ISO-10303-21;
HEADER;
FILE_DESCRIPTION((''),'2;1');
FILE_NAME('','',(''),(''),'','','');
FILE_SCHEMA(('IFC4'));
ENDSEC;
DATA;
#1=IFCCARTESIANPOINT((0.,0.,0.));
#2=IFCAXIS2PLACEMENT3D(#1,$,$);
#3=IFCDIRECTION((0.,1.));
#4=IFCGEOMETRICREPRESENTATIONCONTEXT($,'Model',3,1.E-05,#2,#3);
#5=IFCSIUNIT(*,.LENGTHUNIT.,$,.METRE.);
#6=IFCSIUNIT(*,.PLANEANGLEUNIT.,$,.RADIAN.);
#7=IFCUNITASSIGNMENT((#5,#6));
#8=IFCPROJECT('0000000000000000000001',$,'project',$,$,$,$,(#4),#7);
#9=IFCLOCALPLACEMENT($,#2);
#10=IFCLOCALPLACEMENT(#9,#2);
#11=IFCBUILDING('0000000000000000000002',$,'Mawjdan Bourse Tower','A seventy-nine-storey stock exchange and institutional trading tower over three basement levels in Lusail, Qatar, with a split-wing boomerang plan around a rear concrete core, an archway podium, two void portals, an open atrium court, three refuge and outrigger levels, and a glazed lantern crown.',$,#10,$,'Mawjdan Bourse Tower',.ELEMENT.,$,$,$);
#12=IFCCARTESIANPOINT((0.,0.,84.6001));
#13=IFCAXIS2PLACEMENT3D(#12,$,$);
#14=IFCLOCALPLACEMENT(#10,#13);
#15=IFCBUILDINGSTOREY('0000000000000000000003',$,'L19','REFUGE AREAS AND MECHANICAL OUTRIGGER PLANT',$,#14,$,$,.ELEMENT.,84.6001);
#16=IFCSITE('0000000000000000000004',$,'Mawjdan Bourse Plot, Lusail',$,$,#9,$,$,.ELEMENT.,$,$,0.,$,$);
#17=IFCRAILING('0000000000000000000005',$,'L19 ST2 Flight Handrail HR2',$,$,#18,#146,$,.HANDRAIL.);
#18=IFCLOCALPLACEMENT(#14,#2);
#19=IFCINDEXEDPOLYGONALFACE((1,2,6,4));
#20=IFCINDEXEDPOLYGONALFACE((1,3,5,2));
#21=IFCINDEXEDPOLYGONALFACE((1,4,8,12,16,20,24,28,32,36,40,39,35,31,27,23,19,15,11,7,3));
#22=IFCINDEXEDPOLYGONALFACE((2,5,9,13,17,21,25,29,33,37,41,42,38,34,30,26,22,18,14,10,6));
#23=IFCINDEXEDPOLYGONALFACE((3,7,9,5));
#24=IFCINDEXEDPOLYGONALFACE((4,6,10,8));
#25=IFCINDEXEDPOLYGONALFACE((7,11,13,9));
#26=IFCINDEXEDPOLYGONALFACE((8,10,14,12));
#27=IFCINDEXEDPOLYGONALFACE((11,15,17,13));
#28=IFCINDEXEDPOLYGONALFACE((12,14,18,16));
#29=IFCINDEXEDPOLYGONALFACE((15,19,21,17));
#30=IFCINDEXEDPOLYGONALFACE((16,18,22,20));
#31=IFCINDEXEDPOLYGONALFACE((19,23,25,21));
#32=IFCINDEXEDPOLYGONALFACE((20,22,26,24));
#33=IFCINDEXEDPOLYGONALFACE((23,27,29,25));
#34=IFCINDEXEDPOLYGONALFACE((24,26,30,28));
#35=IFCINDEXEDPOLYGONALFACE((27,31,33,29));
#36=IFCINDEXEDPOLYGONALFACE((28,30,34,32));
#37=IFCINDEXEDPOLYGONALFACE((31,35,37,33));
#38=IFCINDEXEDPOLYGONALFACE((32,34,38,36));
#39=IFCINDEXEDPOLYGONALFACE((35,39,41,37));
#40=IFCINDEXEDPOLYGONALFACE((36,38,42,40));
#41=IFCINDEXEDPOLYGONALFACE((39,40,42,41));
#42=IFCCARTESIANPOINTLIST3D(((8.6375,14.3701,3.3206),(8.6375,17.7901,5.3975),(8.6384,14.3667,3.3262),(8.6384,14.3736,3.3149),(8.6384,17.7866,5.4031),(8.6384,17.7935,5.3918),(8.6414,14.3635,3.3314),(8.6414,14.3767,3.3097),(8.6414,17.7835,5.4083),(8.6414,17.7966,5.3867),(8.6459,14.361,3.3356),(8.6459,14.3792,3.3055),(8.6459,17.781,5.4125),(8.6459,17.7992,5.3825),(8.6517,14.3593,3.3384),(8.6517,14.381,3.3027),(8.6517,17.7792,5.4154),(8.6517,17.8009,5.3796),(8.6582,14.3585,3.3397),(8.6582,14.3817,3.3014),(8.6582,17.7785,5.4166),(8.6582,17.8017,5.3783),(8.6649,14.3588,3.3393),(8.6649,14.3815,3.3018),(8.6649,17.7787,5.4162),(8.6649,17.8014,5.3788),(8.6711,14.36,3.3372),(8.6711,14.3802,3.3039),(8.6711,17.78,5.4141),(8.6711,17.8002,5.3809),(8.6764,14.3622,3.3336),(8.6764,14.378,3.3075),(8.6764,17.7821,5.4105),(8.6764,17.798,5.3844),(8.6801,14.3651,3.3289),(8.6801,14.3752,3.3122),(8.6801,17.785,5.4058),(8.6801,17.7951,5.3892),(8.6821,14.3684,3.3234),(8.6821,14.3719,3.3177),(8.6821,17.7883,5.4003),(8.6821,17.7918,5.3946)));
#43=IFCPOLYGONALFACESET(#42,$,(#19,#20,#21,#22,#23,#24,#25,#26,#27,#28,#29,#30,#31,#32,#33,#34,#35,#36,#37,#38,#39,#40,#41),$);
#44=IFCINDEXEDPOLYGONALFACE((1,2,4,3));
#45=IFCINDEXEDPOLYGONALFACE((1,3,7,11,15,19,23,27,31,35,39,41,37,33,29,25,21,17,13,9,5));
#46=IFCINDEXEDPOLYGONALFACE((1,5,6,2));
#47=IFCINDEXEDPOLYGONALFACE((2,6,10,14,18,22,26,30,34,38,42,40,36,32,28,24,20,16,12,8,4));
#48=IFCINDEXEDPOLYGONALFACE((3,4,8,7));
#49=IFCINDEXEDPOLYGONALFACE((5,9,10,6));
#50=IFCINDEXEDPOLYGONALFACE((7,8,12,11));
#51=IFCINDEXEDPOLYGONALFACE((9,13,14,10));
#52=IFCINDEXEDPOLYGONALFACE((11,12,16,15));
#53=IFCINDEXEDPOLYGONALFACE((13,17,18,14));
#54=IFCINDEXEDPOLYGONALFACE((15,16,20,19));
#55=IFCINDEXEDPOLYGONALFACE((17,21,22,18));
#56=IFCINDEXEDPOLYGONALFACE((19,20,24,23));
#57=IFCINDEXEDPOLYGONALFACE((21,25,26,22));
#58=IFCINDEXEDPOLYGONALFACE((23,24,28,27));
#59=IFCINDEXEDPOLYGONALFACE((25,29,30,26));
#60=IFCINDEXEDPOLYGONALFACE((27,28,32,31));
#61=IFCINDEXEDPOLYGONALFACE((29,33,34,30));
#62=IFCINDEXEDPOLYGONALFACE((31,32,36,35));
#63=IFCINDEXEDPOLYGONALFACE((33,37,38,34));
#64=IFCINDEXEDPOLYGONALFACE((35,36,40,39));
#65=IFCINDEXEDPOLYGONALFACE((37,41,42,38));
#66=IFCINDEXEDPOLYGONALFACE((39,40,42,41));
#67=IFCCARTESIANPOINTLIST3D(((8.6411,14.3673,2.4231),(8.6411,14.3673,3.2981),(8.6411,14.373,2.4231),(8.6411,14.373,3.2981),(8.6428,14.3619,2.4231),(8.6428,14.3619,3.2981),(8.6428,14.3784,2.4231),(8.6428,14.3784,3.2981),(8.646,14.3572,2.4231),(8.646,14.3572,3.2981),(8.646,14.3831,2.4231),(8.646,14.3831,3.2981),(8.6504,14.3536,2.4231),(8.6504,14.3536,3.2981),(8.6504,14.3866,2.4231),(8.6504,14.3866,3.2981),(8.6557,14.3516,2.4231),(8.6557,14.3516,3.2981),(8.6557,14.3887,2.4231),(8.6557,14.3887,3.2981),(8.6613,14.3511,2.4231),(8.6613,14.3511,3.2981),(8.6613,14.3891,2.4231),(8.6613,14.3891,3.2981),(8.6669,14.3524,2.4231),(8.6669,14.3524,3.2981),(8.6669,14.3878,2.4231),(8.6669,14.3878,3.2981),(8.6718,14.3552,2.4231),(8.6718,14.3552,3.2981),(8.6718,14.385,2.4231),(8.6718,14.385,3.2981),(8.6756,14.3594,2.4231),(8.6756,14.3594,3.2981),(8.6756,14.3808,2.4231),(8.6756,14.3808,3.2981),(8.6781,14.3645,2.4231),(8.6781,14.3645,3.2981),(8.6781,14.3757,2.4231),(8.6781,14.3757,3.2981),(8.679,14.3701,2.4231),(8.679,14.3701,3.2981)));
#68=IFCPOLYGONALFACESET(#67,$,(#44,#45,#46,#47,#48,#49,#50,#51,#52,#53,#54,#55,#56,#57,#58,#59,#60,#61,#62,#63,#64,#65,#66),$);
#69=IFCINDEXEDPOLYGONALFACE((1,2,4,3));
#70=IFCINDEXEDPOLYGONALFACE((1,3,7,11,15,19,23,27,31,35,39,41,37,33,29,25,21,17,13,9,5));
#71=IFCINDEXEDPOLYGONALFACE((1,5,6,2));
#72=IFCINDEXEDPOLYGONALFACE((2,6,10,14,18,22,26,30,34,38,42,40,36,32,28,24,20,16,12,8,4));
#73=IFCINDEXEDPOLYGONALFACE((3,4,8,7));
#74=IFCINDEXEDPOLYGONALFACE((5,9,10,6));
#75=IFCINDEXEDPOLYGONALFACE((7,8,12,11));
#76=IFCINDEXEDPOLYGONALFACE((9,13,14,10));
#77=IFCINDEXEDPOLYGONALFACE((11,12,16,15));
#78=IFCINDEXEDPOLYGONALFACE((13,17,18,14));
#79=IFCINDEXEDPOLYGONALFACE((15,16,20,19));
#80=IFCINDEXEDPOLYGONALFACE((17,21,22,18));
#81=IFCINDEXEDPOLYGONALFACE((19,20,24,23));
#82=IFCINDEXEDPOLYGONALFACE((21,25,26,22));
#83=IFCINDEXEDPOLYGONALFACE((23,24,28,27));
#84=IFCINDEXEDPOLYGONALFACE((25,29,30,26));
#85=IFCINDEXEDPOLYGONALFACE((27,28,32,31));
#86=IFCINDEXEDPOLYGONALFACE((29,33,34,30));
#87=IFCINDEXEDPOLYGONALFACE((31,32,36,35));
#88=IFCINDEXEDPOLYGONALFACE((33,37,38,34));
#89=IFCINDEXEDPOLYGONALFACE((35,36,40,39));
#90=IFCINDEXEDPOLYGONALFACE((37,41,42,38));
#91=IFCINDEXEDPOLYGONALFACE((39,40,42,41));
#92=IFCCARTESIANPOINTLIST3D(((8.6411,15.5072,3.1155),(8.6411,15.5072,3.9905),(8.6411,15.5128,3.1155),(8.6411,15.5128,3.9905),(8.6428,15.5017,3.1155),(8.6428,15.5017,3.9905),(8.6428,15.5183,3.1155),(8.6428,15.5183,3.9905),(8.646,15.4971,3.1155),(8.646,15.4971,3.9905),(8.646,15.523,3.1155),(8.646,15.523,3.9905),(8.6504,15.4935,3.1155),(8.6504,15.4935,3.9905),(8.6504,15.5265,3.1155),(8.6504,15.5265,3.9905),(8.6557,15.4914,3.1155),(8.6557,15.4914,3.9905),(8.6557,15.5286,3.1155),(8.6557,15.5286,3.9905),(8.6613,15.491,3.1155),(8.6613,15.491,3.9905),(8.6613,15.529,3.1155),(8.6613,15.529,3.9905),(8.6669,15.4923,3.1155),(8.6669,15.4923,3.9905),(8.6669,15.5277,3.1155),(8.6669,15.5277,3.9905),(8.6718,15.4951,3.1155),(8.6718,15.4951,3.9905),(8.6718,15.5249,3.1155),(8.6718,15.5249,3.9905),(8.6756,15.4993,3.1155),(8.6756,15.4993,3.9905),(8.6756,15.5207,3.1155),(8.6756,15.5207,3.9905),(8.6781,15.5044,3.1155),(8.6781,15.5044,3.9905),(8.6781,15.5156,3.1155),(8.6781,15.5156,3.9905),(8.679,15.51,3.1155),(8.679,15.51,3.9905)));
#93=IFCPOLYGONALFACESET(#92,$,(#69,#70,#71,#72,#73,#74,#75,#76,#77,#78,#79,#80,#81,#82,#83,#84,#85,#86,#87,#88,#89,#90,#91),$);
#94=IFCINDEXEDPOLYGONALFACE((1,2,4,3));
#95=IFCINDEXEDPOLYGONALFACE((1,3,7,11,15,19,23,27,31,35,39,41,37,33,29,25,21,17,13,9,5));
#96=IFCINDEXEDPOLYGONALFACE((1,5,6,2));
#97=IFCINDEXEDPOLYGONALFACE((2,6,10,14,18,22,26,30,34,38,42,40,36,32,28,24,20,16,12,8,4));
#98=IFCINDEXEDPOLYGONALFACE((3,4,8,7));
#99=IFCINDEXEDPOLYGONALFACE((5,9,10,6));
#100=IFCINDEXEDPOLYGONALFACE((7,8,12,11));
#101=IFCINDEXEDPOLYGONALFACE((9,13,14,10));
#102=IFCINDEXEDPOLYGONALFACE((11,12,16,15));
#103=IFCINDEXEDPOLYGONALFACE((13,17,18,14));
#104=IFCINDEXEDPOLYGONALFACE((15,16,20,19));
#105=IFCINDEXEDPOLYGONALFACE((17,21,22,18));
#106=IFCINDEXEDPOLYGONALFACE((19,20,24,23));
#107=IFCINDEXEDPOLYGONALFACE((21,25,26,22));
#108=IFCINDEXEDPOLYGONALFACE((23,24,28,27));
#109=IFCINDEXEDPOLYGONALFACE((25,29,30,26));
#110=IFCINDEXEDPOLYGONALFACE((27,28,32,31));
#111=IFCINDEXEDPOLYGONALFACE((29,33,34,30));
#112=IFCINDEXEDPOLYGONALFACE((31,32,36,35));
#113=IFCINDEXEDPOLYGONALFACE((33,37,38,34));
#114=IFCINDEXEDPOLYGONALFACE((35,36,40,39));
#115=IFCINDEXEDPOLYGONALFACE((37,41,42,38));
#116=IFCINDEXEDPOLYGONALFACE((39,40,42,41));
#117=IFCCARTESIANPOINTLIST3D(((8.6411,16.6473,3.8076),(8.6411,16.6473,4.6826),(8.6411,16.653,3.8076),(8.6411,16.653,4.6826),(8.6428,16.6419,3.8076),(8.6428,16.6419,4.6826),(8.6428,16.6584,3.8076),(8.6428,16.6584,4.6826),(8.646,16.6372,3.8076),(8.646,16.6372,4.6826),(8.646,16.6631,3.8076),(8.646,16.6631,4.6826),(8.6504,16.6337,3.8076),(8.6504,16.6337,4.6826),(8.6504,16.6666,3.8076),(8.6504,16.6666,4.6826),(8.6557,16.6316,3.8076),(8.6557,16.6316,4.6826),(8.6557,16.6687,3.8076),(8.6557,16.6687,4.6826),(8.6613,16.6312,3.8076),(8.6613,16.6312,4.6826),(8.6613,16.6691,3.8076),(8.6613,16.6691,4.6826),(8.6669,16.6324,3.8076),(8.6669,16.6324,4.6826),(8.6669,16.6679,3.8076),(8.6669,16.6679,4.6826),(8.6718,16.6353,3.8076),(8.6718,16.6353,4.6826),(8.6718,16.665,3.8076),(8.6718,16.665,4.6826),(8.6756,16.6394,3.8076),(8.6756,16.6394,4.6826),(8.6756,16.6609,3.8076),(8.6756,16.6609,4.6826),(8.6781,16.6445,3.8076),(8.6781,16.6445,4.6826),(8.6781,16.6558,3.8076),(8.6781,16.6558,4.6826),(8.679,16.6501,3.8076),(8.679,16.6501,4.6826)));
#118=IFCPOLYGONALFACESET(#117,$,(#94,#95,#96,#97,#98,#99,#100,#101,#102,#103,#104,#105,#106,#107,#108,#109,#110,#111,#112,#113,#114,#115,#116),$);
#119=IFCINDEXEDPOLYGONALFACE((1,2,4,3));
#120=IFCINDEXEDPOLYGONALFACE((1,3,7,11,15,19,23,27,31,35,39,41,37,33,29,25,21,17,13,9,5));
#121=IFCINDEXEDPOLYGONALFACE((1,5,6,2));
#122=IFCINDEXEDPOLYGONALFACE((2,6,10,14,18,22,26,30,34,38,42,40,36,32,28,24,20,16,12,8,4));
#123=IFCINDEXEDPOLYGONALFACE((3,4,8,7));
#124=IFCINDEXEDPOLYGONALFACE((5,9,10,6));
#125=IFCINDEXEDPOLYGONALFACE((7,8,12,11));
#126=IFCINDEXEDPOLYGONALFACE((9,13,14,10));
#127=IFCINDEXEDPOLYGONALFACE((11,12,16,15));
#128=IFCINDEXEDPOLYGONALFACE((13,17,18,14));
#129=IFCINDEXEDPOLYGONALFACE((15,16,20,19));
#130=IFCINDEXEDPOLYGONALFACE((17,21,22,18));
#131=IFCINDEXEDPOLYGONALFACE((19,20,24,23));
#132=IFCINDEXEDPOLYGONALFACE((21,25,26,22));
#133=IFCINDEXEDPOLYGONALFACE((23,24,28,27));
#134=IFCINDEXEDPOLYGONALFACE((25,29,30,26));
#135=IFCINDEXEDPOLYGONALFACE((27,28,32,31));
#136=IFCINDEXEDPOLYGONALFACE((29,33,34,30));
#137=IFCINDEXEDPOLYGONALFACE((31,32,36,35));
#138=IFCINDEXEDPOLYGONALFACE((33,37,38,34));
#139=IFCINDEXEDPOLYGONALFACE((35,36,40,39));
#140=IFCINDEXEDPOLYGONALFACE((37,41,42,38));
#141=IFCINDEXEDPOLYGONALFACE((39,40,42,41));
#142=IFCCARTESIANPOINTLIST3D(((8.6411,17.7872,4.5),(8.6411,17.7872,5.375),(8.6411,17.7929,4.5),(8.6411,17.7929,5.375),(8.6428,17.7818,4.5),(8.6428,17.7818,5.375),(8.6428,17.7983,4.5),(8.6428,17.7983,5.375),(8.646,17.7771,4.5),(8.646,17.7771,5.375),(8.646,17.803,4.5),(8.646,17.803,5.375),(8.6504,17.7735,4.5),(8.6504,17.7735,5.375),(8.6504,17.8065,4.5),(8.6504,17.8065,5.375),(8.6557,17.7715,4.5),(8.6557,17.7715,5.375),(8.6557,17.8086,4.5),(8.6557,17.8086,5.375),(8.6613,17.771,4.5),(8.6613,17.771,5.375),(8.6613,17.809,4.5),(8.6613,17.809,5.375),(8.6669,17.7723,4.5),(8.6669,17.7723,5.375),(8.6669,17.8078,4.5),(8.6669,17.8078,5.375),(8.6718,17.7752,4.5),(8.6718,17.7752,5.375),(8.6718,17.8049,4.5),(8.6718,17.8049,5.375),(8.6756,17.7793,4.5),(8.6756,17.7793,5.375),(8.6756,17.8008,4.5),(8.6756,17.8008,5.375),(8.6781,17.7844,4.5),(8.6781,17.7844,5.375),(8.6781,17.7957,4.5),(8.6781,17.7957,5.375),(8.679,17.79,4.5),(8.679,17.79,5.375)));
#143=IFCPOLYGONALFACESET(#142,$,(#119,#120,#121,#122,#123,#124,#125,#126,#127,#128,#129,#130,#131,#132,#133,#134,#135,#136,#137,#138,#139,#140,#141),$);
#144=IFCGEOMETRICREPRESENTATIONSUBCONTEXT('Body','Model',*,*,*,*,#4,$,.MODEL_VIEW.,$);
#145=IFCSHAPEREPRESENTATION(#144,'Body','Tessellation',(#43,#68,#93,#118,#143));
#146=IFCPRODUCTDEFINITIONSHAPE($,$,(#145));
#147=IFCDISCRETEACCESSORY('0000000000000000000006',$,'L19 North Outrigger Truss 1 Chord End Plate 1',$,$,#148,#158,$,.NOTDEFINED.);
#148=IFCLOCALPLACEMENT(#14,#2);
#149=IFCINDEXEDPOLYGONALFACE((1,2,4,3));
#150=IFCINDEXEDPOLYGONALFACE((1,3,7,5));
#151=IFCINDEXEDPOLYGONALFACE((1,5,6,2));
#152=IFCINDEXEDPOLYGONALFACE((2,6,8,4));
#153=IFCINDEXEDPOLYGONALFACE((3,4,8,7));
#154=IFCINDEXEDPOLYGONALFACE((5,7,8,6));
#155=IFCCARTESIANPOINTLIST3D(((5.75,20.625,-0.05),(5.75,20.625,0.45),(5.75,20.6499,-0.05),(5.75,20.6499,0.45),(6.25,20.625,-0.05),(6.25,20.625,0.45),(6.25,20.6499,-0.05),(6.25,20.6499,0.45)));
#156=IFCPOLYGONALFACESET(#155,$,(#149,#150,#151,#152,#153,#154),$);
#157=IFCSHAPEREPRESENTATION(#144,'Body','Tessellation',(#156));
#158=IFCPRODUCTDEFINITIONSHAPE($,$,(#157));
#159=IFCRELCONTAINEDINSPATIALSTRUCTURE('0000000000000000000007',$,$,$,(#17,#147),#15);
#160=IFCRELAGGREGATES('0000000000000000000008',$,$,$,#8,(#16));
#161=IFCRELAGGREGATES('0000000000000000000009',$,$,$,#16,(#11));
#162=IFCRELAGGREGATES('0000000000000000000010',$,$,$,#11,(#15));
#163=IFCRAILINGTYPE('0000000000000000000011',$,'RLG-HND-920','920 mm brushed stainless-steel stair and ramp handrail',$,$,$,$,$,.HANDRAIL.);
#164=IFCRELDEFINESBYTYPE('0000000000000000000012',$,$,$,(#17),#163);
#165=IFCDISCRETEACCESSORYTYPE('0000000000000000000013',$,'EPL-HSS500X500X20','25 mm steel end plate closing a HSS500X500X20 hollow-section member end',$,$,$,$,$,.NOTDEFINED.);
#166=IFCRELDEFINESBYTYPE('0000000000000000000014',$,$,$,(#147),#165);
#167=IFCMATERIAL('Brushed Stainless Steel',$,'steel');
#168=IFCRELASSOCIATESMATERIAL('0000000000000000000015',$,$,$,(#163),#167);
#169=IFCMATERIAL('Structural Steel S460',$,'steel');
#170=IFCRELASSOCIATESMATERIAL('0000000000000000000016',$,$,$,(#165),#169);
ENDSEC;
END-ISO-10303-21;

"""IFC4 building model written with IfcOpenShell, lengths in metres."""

from ifc_helpers import new_model, si_unit, direction, frame, origin, origin_2d, place, context, subcontext, project, spatial, rectangle, circle, extrude, material, material_profile, profile_set, type_object, element, save


model = new_model("IFC4")

# Units and contexts
model_context = context("Model", 3, precision=1e-05, world=origin(), true_north=direction((0.0, 1.0)))
body_context = subcontext(model_context, "Body", "Model", "MODEL_VIEW")
ifc_project = project(units=[si_unit("LENGTHUNIT", "METRE"), si_unit("PLANEANGLEUNIT", "RADIAN")], contexts=[model_context])

# Site, building, storey
site_placement = place(None, origin())
site = spatial("IfcSite", under=ifc_project, at=site_placement, Name="Mawjdan Bourse Plot, Lusail", CompositionType="ELEMENT", RefElevation=0.0)
building_placement = place(site_placement, origin())
building = spatial("IfcBuilding", under=site, at=building_placement, Name="Mawjdan Bourse Tower", Description="A seventy-nine-storey stock exchange and institutional trading tower over three basement levels in Lusail, Qatar, with a split-wing boomerang plan around a rear concrete core, an archway podium, two void portals, an open atrium court, three refuge and outrigger levels, and a glazed lantern crown.", LongName="Mawjdan Bourse Tower", CompositionType="ELEMENT")
storey_placement = place(building_placement, frame((0.0, 0.0, 84.6001)))
storey = spatial("IfcBuildingStorey", under=building, at=storey_placement, Name="L19", Description="REFUGE AREAS AND MECHANICAL OUTRIGGER PLANT", CompositionType="ELEMENT", Elevation=84.6001)

# Shared definitions
ifc_material_1 = material(Name="Structural Steel S460", Category="steel")

# Railing
ifc_material_2 = material(Name="Brushed Stainless Steel", Category="steel")
railing_type_1 = type_object("IfcRailingType", Name="RLG-HND-920", Description="920 mm brushed stainless-steel stair and ramp handrail", PredefinedType="HANDRAIL", material=ifc_material_2)
railing_1_placement = place(storey_placement, frame((8.6599, 14.3701, 2.4231)))
element("IfcRailing", 1, at=railing_1_placement, inside=storey, type_object=railing_type_1, Name="L19 ST2 Flight Handrail HR2", PredefinedType="HANDRAIL", context=body_context, shape_type="SweptSolid", body=[
    extrude(circle(Radius=0.0225, at=origin_2d()), frame((0.0, 0.0, 0.8975), z_axis=(0.0, 0.85473, 0.519074), x_axis=(-1.0, 0.0, 0.0)), (0.0, 0.0, 1.0), 4.0012),
    extrude(circle(Radius=0.019, at=origin_2d()), origin(), (0.0, 0.0, 1.0), 0.875),
    extrude(circle(Radius=0.019, at=origin_2d()), frame((0.0, 1.1399, 0.6924)), (0.0, 0.0, 1.0), 0.875),
    extrude(circle(Radius=0.019, at=origin_2d()), frame((0.0, 2.28, 1.3845)), (0.0, 0.0, 1.0), 0.875),
    extrude(circle(Radius=0.019, at=origin_2d()), frame((0.0, 3.4199, 2.0769)), (0.0, 0.0, 1.0), 0.875),
])

# Discrete accessory
ifc_material_profile_1 = material_profile(ifc_material_1, rectangle(XDim=0.5, YDim=0.5, at=origin_2d()), Name="EPL-HSS500X500X20")
ifc_profile_set_1 = profile_set([ifc_material_profile_1], Name="Structural Steel S460")
discrete_accessory_type = type_object("IfcDiscreteAccessoryType", Name="EPL-HSS500X500X20", Description="25 mm steel end plate closing a HSS500X500X20 hollow-section member end", PredefinedType="NOTDEFINED", material=ifc_profile_set_1)
discrete_accessory_placement = place(storey_placement, frame((6.0, 20.6499, 0.2), z_axis=(0.0, -1.0, 0.0), x_axis=(1.0, 0.0, 0.0)))
element("IfcDiscreteAccessory", 2, at=discrete_accessory_placement, inside=storey, type_object=discrete_accessory_type, Name="L19 North Outrigger Truss 1 Chord End Plate 1", PredefinedType="NOTDEFINED", context=body_context, shape_type="SweptSolid", body=[
    extrude(rectangle(XDim=0.5, YDim=0.5, at=origin_2d()), origin(), (0.0, 0.0, 1.0), 0.0249),
])

save(model, "model.ifc")
